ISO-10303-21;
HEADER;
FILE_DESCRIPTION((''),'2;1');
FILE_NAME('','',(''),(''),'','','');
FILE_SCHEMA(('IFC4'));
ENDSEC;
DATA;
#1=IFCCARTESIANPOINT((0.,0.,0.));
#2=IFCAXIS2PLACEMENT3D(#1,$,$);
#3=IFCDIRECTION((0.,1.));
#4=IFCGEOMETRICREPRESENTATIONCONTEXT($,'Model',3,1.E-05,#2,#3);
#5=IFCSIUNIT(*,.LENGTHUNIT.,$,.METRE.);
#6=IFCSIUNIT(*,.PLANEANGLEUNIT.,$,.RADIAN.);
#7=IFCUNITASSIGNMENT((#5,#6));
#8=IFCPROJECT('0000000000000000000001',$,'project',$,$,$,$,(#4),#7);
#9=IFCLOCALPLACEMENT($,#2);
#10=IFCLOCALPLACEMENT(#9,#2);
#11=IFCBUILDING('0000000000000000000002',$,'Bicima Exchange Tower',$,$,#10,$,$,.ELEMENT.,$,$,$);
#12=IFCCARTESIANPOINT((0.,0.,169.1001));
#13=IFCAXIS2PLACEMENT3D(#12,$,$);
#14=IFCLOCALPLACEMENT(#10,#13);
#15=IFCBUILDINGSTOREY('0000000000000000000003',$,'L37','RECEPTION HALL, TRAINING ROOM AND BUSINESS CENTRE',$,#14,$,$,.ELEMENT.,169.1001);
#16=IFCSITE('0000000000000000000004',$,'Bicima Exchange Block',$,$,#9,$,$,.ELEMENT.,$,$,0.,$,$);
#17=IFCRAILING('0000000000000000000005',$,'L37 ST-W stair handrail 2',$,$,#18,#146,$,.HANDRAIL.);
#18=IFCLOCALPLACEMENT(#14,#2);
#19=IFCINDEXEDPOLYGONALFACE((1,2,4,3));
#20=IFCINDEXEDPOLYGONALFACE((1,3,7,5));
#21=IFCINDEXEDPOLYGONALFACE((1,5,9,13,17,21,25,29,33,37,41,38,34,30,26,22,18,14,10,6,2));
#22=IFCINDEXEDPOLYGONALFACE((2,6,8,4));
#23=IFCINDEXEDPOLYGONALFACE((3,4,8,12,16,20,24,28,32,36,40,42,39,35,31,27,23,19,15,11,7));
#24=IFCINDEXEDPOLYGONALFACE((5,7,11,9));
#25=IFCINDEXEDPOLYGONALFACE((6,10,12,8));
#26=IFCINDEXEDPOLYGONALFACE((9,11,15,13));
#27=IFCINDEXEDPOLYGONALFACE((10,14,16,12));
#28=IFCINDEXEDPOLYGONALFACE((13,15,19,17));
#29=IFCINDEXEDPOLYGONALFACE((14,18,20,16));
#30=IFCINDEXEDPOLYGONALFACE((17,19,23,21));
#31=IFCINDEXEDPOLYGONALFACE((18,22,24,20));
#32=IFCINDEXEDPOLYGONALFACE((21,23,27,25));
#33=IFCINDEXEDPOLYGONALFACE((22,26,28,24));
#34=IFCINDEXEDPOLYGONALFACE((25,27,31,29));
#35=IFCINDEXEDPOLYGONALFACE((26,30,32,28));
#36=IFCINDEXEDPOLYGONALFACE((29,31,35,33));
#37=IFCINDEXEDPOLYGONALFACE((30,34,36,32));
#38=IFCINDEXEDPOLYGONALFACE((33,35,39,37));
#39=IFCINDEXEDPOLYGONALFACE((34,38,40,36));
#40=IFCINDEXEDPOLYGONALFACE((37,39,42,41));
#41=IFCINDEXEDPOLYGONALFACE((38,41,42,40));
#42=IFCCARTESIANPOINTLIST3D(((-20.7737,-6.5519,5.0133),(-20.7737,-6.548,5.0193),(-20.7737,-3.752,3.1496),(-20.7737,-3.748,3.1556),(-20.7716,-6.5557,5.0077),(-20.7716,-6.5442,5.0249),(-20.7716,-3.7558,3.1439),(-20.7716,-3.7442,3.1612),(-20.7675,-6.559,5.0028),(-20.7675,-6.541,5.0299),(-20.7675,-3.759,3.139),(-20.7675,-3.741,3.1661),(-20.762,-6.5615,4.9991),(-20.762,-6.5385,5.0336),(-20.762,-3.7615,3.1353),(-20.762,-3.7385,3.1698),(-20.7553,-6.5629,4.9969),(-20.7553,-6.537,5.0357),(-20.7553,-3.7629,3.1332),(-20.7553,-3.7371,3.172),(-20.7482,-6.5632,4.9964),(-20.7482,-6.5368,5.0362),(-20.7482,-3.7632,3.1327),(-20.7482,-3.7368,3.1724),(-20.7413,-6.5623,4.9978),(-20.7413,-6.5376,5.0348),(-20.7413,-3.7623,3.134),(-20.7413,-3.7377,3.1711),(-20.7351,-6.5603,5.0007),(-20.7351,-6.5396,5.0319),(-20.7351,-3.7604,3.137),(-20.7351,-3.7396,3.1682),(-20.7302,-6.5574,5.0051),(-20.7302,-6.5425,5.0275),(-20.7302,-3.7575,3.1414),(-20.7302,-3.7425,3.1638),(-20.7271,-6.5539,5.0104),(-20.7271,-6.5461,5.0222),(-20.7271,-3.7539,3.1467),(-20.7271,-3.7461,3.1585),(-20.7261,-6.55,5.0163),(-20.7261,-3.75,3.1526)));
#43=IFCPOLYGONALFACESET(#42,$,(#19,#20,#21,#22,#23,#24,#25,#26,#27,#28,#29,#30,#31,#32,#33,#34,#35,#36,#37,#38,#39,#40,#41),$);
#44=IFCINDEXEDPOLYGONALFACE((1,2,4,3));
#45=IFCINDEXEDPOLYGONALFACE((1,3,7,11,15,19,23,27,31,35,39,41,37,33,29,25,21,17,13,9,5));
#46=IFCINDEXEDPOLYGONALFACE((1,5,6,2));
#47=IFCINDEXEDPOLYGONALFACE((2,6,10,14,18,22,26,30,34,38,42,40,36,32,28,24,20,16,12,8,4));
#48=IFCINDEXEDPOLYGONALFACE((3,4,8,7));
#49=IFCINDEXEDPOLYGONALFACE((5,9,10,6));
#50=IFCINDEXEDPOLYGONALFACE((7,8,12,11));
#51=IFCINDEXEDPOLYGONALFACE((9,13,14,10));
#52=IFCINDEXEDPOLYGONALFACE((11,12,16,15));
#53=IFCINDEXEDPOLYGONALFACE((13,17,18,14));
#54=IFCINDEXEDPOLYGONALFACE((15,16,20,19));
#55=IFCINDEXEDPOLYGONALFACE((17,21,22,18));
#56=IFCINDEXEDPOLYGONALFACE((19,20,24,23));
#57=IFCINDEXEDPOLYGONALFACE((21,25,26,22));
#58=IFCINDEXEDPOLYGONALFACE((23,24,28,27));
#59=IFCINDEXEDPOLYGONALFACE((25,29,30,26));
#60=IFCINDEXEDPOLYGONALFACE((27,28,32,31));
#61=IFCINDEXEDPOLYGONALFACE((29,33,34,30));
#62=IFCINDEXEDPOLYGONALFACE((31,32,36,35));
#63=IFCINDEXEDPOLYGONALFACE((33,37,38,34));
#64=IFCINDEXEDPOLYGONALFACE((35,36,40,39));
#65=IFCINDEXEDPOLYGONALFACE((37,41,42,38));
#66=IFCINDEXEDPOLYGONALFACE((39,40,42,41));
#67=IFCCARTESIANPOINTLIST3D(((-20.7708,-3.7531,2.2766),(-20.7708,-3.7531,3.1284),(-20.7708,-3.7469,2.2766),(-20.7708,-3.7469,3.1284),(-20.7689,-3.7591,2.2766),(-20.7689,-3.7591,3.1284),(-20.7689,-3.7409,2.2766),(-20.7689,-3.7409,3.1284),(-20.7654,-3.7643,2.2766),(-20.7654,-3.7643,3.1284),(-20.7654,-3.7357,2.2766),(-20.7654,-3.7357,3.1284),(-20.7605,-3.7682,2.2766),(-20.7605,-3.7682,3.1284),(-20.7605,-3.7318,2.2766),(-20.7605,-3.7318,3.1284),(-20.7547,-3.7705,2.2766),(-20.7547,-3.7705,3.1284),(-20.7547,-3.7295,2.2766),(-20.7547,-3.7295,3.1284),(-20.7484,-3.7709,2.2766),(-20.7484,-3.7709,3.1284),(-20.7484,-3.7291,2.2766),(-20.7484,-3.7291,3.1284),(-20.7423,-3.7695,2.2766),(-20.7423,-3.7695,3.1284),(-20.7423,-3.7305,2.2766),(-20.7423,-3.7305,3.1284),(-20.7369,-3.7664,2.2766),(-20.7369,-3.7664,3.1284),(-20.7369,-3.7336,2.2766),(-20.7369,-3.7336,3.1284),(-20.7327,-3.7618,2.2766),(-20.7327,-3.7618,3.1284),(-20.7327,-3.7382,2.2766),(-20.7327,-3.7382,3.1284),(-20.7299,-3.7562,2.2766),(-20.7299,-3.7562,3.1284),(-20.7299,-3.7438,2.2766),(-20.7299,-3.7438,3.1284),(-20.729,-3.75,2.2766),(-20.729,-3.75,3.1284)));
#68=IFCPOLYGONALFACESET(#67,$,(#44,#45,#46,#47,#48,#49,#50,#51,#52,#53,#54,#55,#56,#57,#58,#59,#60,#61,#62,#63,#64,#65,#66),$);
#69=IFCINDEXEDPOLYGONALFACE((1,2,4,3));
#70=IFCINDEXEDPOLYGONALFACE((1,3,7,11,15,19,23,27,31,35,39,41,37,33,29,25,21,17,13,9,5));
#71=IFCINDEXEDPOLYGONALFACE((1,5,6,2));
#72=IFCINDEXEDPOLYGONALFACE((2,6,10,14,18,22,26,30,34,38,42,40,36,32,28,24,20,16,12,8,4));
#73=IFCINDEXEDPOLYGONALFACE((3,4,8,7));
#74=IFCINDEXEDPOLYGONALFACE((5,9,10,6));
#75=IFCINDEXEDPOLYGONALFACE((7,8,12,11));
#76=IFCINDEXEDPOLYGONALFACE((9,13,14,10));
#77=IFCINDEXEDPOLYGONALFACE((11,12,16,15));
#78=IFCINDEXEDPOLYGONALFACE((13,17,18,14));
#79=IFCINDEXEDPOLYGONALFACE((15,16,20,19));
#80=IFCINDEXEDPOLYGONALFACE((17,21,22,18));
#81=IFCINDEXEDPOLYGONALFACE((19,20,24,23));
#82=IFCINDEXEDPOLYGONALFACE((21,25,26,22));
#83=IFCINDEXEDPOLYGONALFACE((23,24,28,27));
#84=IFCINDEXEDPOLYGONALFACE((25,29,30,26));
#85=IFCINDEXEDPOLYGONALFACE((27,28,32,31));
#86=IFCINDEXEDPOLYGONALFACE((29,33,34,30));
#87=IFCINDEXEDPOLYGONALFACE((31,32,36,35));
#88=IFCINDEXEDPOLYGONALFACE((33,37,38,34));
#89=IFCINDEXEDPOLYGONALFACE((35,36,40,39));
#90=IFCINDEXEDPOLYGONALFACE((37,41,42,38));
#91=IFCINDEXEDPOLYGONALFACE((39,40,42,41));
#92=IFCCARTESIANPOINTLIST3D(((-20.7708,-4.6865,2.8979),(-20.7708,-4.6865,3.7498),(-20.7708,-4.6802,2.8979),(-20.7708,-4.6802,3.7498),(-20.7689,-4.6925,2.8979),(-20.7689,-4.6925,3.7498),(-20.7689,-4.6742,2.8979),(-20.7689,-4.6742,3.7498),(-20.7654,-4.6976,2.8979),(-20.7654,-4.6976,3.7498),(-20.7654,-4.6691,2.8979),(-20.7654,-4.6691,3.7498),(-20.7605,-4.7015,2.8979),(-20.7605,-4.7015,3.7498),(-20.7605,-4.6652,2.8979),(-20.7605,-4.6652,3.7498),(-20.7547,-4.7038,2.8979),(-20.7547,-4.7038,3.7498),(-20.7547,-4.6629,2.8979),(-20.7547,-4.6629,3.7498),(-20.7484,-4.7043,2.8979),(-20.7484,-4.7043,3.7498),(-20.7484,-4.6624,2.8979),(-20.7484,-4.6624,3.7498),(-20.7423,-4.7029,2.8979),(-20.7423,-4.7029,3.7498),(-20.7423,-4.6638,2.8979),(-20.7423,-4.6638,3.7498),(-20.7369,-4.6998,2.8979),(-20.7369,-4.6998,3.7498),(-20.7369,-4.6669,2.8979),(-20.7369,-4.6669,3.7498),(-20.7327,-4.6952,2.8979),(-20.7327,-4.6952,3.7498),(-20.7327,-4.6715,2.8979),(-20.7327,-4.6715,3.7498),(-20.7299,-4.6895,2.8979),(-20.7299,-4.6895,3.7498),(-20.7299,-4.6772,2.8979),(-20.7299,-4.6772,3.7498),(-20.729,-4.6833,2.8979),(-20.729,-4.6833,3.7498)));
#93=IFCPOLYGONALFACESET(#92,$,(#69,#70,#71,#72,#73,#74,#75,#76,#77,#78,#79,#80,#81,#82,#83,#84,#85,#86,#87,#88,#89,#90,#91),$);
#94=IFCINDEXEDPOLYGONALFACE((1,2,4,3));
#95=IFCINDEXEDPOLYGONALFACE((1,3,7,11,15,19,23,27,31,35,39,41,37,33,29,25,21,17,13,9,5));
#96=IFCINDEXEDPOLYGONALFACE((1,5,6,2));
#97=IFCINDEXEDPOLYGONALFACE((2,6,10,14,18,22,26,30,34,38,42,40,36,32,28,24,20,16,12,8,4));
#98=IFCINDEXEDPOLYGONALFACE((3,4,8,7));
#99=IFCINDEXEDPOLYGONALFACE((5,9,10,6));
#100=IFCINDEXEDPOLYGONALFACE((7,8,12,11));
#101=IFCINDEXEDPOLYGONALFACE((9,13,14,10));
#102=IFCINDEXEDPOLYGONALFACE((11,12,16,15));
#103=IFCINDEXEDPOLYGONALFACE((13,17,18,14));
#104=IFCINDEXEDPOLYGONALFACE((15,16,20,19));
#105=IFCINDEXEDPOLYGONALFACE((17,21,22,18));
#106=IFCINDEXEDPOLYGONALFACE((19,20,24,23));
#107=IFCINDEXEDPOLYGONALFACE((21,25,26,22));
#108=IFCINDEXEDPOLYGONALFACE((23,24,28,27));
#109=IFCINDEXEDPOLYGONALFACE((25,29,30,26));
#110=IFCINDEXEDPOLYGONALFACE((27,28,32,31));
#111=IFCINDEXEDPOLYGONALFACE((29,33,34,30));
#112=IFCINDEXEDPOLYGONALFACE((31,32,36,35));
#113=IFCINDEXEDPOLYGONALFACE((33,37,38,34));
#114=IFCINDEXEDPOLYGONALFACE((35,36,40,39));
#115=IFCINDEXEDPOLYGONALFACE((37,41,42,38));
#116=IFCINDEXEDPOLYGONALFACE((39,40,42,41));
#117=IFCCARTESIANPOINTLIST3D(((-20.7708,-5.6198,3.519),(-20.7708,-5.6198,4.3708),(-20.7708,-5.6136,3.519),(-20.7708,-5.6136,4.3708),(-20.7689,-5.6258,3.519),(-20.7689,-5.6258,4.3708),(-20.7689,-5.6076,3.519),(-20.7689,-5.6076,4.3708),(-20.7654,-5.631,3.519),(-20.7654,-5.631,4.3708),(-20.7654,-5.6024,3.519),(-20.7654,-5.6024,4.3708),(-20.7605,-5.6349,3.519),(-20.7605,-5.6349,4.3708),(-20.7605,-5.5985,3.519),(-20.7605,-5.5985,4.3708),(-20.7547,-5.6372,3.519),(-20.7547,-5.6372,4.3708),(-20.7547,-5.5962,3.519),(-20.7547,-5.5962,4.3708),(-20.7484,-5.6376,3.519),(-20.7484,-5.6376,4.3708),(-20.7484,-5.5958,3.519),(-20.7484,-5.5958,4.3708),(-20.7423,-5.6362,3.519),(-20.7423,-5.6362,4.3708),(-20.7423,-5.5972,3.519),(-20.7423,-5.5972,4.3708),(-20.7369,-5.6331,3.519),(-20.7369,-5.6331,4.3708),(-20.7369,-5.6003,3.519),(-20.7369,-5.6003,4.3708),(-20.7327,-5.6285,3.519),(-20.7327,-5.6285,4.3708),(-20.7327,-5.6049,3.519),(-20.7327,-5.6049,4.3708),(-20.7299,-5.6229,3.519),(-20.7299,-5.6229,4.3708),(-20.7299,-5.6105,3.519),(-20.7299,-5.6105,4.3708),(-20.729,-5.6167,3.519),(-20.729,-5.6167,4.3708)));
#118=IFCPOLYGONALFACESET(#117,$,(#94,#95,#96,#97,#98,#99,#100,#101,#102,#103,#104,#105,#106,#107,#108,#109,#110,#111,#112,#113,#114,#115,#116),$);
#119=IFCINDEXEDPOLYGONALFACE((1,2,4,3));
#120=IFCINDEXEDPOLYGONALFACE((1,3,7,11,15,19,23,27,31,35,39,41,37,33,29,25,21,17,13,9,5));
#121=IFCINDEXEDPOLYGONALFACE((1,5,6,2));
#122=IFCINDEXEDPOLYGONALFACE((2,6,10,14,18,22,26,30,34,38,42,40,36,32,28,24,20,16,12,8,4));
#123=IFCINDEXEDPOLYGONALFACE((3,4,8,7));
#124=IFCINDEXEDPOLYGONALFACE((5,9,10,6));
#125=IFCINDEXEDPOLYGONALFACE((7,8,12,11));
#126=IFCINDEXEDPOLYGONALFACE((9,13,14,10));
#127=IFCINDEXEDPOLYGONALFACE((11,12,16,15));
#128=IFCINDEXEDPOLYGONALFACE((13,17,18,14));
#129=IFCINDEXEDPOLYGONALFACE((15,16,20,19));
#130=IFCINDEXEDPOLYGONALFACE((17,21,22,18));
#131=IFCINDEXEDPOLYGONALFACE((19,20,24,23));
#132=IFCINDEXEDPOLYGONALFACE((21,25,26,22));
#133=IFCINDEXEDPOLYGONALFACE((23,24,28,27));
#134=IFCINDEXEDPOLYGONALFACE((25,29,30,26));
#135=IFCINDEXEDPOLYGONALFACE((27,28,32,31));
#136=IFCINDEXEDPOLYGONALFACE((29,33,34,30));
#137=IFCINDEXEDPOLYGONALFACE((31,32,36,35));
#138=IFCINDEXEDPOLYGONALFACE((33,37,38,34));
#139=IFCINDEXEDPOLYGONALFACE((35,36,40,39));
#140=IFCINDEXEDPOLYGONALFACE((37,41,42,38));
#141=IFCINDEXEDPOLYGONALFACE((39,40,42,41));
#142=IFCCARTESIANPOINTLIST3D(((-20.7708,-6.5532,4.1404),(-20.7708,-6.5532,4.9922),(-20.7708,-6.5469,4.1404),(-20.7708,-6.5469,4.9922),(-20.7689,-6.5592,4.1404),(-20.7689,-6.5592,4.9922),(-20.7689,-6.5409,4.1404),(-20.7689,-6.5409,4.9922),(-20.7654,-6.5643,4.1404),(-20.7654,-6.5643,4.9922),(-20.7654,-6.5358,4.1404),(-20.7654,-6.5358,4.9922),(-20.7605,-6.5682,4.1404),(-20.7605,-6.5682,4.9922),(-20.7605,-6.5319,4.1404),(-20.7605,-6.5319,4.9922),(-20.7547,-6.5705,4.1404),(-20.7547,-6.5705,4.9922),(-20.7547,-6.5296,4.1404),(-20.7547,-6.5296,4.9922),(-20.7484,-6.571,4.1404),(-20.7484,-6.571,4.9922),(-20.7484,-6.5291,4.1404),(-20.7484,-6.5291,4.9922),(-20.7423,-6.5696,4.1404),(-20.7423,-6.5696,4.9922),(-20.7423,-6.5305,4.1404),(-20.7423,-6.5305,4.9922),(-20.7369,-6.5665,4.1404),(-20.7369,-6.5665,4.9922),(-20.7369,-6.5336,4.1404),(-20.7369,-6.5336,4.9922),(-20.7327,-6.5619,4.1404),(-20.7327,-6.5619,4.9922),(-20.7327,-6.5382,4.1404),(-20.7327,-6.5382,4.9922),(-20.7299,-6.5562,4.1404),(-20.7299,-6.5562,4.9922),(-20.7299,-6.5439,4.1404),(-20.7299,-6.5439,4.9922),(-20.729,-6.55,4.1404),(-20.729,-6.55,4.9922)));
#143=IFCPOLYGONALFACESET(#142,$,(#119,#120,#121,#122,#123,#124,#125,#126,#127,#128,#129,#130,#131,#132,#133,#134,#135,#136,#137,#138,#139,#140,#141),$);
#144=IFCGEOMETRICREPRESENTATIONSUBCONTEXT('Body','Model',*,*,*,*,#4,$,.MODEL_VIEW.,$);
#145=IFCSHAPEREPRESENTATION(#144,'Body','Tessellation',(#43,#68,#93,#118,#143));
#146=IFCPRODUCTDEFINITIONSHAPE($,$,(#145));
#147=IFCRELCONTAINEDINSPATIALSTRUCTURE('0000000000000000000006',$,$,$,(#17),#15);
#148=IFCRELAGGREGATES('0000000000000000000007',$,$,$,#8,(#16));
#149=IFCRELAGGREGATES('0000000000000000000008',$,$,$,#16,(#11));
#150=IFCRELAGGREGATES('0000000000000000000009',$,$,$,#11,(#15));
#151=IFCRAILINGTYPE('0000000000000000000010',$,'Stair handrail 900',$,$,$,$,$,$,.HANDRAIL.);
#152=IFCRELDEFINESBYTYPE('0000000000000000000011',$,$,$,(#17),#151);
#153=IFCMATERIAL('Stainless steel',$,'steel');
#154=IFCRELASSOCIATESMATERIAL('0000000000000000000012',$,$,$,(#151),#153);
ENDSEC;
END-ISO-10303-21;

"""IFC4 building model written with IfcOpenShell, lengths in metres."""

from ifc_helpers import new_model, si_unit, direction, frame, origin, origin_2d, place, context, subcontext, project, spatial, circle, extrude, material, type_object, element, save


model = new_model("IFC4")

# Units and contexts
model_context = context("Model", 3, precision=1e-05, world=origin(), true_north=direction((0.0, 1.0)))
body_context = subcontext(model_context, "Body", "Model", "MODEL_VIEW")
ifc_project = project(units=[si_unit("LENGTHUNIT", "METRE"), si_unit("PLANEANGLEUNIT", "RADIAN")], contexts=[model_context])

# Site, building, storey
site_placement = place(None, origin())
site = spatial("IfcSite", under=ifc_project, at=site_placement, Name="Bicima Exchange Block", CompositionType="ELEMENT", RefElevation=0.0)
building_placement = place(site_placement, origin())
building = spatial("IfcBuilding", under=site, at=building_placement, Name="Bicima Exchange Tower", CompositionType="ELEMENT")
storey_placement = place(building_placement, frame((0.0, 0.0, 169.1001)))
storey = spatial("IfcBuildingStorey", under=building, at=storey_placement, Name="L37", Description="RECEPTION HALL, TRAINING ROOM AND BUSINESS CENTRE", CompositionType="ELEMENT", Elevation=169.1001)

# Railing
ifc_material_1 = material(Name="Stainless steel", Category="steel")
railing_type = type_object("IfcRailingType", Name="Stair handrail 900", PredefinedType="HANDRAIL", material=ifc_material_1)
railing_placement = place(storey_placement, frame((-20.75, -3.75, 2.2766)))
element("IfcRailing", 1, at=railing_placement, inside=storey, type_object=railing_type, Name="L37 ST-W stair handrail 2", PredefinedType="HANDRAIL", context=body_context, shape_type="SweptSolid", body=[
    extrude(circle(Radius=0.0239, at=origin_2d()), frame((0.0, 0.0, 0.876), z_axis=(0.0, -0.832452, 0.554097), x_axis=(1.0, 0.0, 0.0)), (0.0, 0.0, 1.0), 3.3635),
    extrude(circle(Radius=0.021, at=origin_2d()), origin(), (0.0, 0.0, 1.0), 0.8518),
    extrude(circle(Radius=0.021, at=origin_2d()), frame((0.0, -0.9333, 0.6213)), (0.0, 0.0, 1.0), 0.8518),
    extrude(circle(Radius=0.021, at=origin_2d()), frame((0.0, -1.8667, 1.2424)), (0.0, 0.0, 1.0), 0.8518),
    extrude(circle(Radius=0.021, at=origin_2d()), frame((0.0, -2.8, 1.8638)), (0.0, 0.0, 1.0), 0.8518),
])

save(model, "model.ifc")
